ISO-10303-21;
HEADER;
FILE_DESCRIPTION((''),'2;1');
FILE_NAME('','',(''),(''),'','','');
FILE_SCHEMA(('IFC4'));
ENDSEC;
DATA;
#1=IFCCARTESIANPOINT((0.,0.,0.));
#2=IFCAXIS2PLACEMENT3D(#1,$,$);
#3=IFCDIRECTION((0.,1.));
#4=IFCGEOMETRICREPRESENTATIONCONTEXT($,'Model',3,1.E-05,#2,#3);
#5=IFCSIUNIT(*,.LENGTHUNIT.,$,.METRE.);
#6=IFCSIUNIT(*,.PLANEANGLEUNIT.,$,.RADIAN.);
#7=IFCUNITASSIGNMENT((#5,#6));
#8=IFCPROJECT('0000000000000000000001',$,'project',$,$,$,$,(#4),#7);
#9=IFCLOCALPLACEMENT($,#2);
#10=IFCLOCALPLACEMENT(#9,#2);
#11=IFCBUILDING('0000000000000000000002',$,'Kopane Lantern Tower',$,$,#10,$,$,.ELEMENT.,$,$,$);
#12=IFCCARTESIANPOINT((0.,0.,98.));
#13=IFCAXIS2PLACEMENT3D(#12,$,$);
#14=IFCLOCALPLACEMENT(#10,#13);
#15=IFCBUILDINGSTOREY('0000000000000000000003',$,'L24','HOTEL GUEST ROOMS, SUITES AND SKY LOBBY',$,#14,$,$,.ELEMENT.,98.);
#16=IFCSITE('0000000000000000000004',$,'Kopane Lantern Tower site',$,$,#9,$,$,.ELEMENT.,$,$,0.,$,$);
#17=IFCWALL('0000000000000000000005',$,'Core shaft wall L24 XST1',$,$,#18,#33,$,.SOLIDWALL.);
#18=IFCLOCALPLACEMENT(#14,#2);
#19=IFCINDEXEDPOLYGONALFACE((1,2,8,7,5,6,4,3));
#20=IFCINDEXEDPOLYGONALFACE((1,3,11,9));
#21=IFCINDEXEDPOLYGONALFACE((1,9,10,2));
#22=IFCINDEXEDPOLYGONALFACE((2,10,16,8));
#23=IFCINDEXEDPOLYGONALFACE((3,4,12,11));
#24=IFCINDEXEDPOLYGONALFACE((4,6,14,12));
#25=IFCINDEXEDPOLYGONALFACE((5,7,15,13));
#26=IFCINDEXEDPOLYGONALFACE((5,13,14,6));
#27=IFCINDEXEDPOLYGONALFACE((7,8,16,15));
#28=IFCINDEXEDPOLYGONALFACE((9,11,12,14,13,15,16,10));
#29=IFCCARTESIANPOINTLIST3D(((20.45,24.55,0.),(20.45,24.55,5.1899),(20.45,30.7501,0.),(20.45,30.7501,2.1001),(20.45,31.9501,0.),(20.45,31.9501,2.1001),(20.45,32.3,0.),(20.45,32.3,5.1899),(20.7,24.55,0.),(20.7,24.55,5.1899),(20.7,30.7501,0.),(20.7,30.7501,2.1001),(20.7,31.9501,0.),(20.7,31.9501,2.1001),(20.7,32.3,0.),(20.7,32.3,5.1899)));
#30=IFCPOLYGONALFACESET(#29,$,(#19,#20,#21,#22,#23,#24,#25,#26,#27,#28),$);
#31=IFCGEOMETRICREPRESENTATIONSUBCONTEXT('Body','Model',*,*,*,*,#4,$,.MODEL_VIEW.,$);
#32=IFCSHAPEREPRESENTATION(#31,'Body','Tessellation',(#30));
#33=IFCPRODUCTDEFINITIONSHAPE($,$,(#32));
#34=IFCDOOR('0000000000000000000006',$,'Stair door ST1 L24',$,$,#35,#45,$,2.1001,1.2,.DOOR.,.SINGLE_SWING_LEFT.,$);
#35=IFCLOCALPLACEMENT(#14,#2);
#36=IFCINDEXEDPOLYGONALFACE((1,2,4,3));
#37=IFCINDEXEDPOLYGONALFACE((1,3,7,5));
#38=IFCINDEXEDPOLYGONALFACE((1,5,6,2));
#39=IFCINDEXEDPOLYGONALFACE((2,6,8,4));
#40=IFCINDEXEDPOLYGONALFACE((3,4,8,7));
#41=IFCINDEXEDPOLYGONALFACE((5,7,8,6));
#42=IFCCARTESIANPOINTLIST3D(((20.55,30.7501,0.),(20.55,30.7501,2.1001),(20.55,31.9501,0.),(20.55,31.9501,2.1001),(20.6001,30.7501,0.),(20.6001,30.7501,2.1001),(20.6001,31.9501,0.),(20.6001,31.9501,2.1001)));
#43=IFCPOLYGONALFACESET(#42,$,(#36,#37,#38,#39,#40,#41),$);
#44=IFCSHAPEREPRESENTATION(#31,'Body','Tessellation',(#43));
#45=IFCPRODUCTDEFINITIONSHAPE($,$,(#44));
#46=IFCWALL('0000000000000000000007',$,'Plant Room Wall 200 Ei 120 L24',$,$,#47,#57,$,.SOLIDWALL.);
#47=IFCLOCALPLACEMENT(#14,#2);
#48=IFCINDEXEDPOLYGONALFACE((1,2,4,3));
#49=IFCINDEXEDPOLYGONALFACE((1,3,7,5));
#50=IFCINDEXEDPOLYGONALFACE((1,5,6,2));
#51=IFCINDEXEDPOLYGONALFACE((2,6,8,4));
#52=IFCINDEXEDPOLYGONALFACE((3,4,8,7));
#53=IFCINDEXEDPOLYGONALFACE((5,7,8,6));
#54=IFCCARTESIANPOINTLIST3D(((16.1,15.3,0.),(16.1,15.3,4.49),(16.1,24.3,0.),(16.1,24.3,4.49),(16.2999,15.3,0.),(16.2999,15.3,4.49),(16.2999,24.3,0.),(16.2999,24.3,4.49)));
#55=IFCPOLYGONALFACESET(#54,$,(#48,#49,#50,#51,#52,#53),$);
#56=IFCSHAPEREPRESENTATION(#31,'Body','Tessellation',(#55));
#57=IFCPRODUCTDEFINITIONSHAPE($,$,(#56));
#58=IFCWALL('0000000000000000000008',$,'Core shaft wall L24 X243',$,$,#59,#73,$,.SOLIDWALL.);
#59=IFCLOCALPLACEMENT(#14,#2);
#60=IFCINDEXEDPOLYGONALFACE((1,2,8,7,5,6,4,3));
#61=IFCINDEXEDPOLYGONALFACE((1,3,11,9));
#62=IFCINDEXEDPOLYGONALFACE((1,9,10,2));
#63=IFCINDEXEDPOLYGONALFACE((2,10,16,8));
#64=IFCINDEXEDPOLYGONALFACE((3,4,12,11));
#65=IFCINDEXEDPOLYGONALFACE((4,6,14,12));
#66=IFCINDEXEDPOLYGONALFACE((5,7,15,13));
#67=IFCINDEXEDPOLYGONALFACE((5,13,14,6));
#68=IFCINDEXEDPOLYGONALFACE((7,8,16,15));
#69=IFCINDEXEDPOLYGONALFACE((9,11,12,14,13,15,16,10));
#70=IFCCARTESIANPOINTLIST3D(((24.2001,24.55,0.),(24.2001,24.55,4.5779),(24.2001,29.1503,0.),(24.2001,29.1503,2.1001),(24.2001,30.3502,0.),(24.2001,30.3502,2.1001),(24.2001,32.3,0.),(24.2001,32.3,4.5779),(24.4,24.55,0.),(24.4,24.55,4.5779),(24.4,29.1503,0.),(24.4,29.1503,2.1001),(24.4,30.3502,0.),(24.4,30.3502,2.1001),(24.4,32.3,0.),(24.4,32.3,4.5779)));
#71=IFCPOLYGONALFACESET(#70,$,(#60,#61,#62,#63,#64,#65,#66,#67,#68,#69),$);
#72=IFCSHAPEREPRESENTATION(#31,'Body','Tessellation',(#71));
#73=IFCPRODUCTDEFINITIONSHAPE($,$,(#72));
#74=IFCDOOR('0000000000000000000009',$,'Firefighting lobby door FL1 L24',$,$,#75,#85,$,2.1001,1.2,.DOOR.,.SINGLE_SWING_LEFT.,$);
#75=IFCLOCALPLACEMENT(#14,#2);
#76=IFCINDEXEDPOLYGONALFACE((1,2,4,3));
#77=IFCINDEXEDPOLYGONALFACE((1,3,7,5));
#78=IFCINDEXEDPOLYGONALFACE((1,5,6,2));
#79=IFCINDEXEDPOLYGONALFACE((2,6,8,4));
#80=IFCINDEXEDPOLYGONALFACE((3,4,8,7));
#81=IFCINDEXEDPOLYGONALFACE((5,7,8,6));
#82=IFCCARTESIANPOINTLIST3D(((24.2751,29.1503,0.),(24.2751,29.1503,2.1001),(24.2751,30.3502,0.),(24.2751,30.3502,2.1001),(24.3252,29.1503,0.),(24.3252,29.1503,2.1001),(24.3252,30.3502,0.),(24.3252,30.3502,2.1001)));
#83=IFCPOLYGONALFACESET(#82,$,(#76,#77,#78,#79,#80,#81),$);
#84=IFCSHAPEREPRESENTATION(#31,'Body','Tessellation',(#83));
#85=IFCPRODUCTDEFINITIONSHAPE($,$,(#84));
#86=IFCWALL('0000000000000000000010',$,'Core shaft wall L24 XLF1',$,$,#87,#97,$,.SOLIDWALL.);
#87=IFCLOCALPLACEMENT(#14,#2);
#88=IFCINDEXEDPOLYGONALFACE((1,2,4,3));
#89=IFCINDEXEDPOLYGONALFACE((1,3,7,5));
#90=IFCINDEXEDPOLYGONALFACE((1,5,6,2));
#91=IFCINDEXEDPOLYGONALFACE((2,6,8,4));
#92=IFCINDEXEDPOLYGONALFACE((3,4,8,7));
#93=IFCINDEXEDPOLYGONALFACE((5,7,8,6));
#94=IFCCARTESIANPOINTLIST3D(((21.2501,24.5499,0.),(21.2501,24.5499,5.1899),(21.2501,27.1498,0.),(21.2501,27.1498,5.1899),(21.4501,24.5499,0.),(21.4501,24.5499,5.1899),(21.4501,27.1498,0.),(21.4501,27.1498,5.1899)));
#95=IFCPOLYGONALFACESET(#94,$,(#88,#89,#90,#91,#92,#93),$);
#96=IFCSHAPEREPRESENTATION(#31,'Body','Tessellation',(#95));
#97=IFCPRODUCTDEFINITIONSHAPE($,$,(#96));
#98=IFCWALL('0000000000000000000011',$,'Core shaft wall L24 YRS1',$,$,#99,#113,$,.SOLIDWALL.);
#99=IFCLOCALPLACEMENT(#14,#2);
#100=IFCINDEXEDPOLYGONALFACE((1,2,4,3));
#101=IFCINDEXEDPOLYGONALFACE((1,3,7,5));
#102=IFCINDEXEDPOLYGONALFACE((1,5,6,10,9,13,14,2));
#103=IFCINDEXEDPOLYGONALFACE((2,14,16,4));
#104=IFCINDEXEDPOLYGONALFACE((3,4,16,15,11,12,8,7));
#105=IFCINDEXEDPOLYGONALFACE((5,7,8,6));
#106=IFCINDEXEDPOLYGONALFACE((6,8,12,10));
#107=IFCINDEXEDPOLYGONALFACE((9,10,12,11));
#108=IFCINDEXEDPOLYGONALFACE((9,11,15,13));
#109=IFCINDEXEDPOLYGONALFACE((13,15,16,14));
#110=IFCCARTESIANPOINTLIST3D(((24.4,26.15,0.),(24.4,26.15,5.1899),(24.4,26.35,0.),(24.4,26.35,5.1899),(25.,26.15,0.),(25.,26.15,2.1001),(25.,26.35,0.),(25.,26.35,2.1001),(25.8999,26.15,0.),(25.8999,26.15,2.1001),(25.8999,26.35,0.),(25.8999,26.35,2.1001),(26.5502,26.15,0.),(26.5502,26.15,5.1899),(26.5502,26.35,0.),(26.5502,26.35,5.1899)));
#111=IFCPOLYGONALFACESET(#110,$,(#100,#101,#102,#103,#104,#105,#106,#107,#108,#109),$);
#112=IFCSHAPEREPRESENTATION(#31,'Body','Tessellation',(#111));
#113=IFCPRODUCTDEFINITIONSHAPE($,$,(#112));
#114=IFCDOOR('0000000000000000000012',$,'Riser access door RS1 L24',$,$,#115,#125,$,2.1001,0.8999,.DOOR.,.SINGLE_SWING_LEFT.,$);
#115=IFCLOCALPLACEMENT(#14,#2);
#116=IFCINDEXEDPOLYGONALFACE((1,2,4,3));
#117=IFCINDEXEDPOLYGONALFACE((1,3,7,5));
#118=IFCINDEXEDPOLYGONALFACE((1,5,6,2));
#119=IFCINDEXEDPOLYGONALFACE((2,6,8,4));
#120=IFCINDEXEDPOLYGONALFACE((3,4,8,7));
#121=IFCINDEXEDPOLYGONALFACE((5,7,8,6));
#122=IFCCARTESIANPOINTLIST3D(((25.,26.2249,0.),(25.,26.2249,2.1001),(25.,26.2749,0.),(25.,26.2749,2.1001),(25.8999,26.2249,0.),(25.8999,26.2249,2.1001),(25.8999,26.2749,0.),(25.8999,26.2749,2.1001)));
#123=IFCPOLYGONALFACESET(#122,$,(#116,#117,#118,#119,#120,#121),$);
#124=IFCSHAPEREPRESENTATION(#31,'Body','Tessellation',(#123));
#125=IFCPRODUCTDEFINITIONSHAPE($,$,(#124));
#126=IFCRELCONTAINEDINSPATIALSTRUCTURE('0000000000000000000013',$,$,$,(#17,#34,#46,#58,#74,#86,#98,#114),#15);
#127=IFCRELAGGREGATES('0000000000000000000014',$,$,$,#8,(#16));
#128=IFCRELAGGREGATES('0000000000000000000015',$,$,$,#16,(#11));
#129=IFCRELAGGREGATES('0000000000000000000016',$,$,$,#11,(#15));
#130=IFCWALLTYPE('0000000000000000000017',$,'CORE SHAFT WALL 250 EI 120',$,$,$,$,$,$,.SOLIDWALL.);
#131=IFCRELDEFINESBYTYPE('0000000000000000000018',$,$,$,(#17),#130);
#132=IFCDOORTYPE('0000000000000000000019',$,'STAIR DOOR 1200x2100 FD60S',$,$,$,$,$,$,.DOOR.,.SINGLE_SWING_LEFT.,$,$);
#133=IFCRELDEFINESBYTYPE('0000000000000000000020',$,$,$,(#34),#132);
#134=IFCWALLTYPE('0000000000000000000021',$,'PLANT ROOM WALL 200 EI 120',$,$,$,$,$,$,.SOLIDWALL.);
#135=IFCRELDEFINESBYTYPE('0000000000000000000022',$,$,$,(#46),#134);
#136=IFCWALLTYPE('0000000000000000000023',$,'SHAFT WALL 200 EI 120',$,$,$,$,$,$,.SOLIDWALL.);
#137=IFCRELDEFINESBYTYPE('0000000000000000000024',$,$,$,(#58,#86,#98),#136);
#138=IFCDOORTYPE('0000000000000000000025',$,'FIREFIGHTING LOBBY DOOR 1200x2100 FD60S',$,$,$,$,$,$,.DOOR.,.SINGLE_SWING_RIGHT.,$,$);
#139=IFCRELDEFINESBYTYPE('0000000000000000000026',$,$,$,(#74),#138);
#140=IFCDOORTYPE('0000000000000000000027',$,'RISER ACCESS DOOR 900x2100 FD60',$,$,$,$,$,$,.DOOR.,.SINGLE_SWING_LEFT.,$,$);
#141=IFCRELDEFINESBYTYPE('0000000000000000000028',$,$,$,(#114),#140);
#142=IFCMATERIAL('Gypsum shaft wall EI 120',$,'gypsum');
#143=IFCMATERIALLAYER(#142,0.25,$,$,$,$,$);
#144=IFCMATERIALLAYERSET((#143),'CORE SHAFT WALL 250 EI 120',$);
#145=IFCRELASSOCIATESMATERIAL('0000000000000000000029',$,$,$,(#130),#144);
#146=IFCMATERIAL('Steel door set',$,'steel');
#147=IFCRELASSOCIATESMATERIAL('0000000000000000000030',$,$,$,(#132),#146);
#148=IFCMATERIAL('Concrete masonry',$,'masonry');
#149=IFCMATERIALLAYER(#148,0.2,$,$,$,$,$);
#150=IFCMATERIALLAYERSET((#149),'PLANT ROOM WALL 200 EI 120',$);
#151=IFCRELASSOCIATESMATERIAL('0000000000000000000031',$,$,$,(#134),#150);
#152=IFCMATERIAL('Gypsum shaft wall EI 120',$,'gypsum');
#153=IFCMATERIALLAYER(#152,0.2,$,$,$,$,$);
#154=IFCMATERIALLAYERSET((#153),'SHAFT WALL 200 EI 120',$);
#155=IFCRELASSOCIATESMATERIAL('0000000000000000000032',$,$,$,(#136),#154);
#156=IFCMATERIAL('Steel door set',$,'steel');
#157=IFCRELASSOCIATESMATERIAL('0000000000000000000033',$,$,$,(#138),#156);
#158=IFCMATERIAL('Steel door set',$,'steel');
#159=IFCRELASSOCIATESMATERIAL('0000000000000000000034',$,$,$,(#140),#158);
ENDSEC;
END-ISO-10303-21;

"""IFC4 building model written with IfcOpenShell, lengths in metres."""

from ifc_helpers import new_model, si_unit, direction, frame, frame_2d, origin, place, context, subcontext, project, spatial, rectangle, extrude, material, layer, layer_set, type_object, element, fill, save


model = new_model("IFC4")

# Units and contexts
model_context = context("Model", 3, precision=1e-05, world=origin(), true_north=direction((0.0, 1.0)))
body_context = subcontext(model_context, "Body", "Model", "MODEL_VIEW")
ifc_project = project(units=[si_unit("LENGTHUNIT", "METRE"), si_unit("PLANEANGLEUNIT", "RADIAN")], contexts=[model_context])

# Site, building, storey
site_placement = place(None, origin())
site = spatial("IfcSite", under=ifc_project, at=site_placement, Name="Kopane Lantern Tower site", CompositionType="ELEMENT", RefElevation=0.0)
building_placement = place(site_placement, origin())
building = spatial("IfcBuilding", under=site, at=building_placement, Name="Kopane Lantern Tower", CompositionType="ELEMENT")
storey_placement = place(building_placement, frame((0.0, 0.0, 98.0)))
storey = spatial("IfcBuildingStorey", under=building, at=storey_placement, Name="L24", Description="HOTEL GUEST ROOMS, SUITES AND SKY LOBBY", CompositionType="ELEMENT", Elevation=98.0)

# Wall, opening, door
ifc_material_1 = material(Name="Gypsum shaft wall EI 120", Category="gypsum")
ifc_layer_1 = layer(ifc_material_1, 0.25)
ifc_layer_set_1 = layer_set([ifc_layer_1], Name="CORE SHAFT WALL 250 EI 120")
wall_type_1 = type_object("IfcWallType", Name="CORE SHAFT WALL 250 EI 120", PredefinedType="SOLIDWALL", material=ifc_layer_set_1)
wall_1_placement = place(storey_placement, frame((20.575, 24.55, 0.0), z_axis=(0.0, 0.0, 1.0), x_axis=(0.0, 1.0, 0.0)))
wall_1 = element("IfcWall", 1, at=wall_1_placement, inside=storey, type_object=wall_type_1, Name="Core shaft wall L24 XST1", PredefinedType="SOLIDWALL", context=body_context, shape_type="SweptSolid", body=[
    extrude(rectangle(XDim=7.75, YDim=0.25, at=frame_2d((3.875, 0.0))), origin(), (0.0, 0.0, 1.0), 5.1899),
])
opening_1_placement = place(wall_1_placement, frame((6.2, 0.0, 0.0)))
opening_1 = element("IfcOpeningElement", 2, at=opening_1_placement, cuts=wall_1, PredefinedType="OPENING", context=body_context, shape_type="SweptSolid", body=[
    extrude(rectangle(XDim=1.2, YDim=2.1001, at=frame_2d((0.6001, 1.05))), frame((0.0, 0.135, 0.0), z_axis=(0.0, -1.0, 0.0), x_axis=(1.0, 0.0, 0.0)), (0.0, 0.0, 1.0), 0.27),
])
ifc_material_2 = material(Name="Steel door set", Category="steel")
door_type_1 = type_object("IfcDoorType", Name="STAIR DOOR 1200x2100 FD60S", OperationType="SINGLE_SWING_LEFT", PredefinedType="DOOR", material=ifc_material_2)
door_1_placement = place(opening_1_placement, origin())
door_1 = element("IfcDoor", 3, at=door_1_placement, inside=storey, type_object=door_type_1, Name="Stair door ST1 L24", OperationType="SINGLE_SWING_LEFT", OverallHeight=2.1001, OverallWidth=1.2, PredefinedType="DOOR", context=body_context, shape_type="SweptSolid", body=[
    extrude(rectangle(XDim=1.2, YDim=2.1001, at=frame_2d((0.6001, 1.05))), frame((0.0, 0.0249, 0.0), z_axis=(0.0, -1.0, 0.0), x_axis=(1.0, 0.0, 0.0)), (0.0, 0.0, 1.0), 0.05),
])
fill(opening_1, door_1)

# Wall
ifc_material_3 = material(Name="Concrete masonry", Category="masonry")
ifc_layer_2 = layer(ifc_material_3, 0.2)
ifc_layer_set_2 = layer_set([ifc_layer_2], Name="PLANT ROOM WALL 200 EI 120")
wall_type_2 = type_object("IfcWallType", Name="PLANT ROOM WALL 200 EI 120", PredefinedType="SOLIDWALL", material=ifc_layer_set_2)
wall_2_placement = place(storey_placement, frame((16.2, 15.3, 0.0), z_axis=(0.0, 0.0, 1.0), x_axis=(0.0, 1.0, 0.0)))
element("IfcWall", 4, at=wall_2_placement, inside=storey, type_object=wall_type_2, Name="Plant Room Wall 200 Ei 120 L24", PredefinedType="SOLIDWALL", context=body_context, shape_type="SweptSolid", body=[
    extrude(rectangle(XDim=9.0, YDim=0.2, at=frame_2d((4.5, 0.0))), origin(), (0.0, 0.0, 1.0), 4.49),
])

# Wall, opening, door
ifc_material_4 = material(Name="Gypsum shaft wall EI 120", Category="gypsum")
ifc_layer_3 = layer(ifc_material_4, 0.2)
ifc_layer_set_3 = layer_set([ifc_layer_3], Name="SHAFT WALL 200 EI 120")
wall_type_3 = type_object("IfcWallType", Name="SHAFT WALL 200 EI 120", PredefinedType="SOLIDWALL", material=ifc_layer_set_3)
wall_3_placement = place(storey_placement, frame((24.3, 24.55, 0.0), z_axis=(0.0, 0.0, 1.0), x_axis=(0.0, 1.0, 0.0)))
wall_3 = element("IfcWall", 5, at=wall_3_placement, inside=storey, type_object=wall_type_3, Name="Core shaft wall L24 X243", PredefinedType="SOLIDWALL", context=body_context, shape_type="SweptSolid", body=[
    extrude(rectangle(XDim=7.75, YDim=0.2, at=frame_2d((3.875, 0.0))), origin(), (0.0, 0.0, 1.0), 4.5779),
])
opening_2_placement = place(wall_3_placement, frame((4.6001, 0.0, 0.0)))
opening_2 = element("IfcOpeningElement", 6, at=opening_2_placement, cuts=wall_3, PredefinedType="OPENING", context=body_context, shape_type="SweptSolid", body=[
    extrude(rectangle(XDim=1.2, YDim=2.1001, at=frame_2d((0.6001, 1.05))), frame((0.0, 0.1099, 0.0), z_axis=(0.0, -1.0, 0.0), x_axis=(1.0, 0.0, 0.0)), (0.0, 0.0, 1.0), 0.22),
])
ifc_material_5 = material(Name="Steel door set", Category="steel")
door_type_2 = type_object("IfcDoorType", Name="FIREFIGHTING LOBBY DOOR 1200x2100 FD60S", OperationType="SINGLE_SWING_RIGHT", PredefinedType="DOOR", material=ifc_material_5)
door_2_placement = place(opening_2_placement, origin())
door_2 = element("IfcDoor", 7, at=door_2_placement, inside=storey, type_object=door_type_2, Name="Firefighting lobby door FL1 L24", OperationType="SINGLE_SWING_LEFT", OverallHeight=2.1001, OverallWidth=1.2, PredefinedType="DOOR", context=body_context, shape_type="SweptSolid", body=[
    extrude(rectangle(XDim=1.2, YDim=2.1001, at=frame_2d((0.6001, 1.05))), frame((0.0, 0.0249, 0.0), z_axis=(0.0, -1.0, 0.0), x_axis=(1.0, 0.0, 0.0)), (0.0, 0.0, 1.0), 0.05),
])
fill(opening_2, door_2)

# Wall
wall_4_placement = place(storey_placement, frame((21.3501, 24.55, 0.0), z_axis=(0.0, 0.0, 1.0), x_axis=(0.0, 1.0, 0.0)))
element("IfcWall", 8, at=wall_4_placement, inside=storey, type_object=wall_type_3, Name="Core shaft wall L24 XLF1", PredefinedType="SOLIDWALL", context=body_context, shape_type="SweptSolid", body=[
    extrude(rectangle(XDim=2.5999, YDim=0.2, at=frame_2d((1.2998, 0.0))), origin(), (0.0, 0.0, 1.0), 5.1899),
])

# Wall, opening, door
wall_5_placement = place(storey_placement, frame((24.3999, 26.25, 0.0), z_axis=(0.0, 0.0, 1.0), x_axis=(1.0, 0.0, 0.0)))
wall_5 = element("IfcWall", 9, at=wall_5_placement, inside=storey, type_object=wall_type_3, Name="Core shaft wall L24 YRS1", PredefinedType="SOLIDWALL", context=body_context, shape_type="SweptSolid", body=[
    extrude(rectangle(XDim=2.1501, YDim=0.2, at=frame_2d((1.0752, 0.0))), origin(), (0.0, 0.0, 1.0), 5.1899),
])
opening_3_placement = place(wall_5_placement, frame((0.6001, 0.0, 0.0)))
opening_3 = element("IfcOpeningElement", 10, at=opening_3_placement, cuts=wall_5, PredefinedType="OPENING", context=body_context, shape_type="SweptSolid", body=[
    extrude(rectangle(XDim=0.8999, YDim=2.1001, at=frame_2d((0.45, 1.05))), frame((0.0, 0.1099, 0.0), z_axis=(0.0, -1.0, 0.0), x_axis=(1.0, 0.0, 0.0)), (0.0, 0.0, 1.0), 0.22),
])
ifc_material_6 = material(Name="Steel door set", Category="steel")
door_type_3 = type_object("IfcDoorType", Name="RISER ACCESS DOOR 900x2100 FD60", OperationType="SINGLE_SWING_LEFT", PredefinedType="DOOR", material=ifc_material_6)
door_3_placement = place(opening_3_placement, origin())
door_3 = element("IfcDoor", 11, at=door_3_placement, inside=storey, type_object=door_type_3, Name="Riser access door RS1 L24", OperationType="SINGLE_SWING_LEFT", OverallHeight=2.1001, OverallWidth=0.8999, PredefinedType="DOOR", context=body_context, shape_type="SweptSolid", body=[
    extrude(rectangle(XDim=0.8999, YDim=2.1001, at=frame_2d((0.45, 1.05))), frame((0.0, 0.0249, 0.0), z_axis=(0.0, -1.0, 0.0), x_axis=(1.0, 0.0, 0.0)), (0.0, 0.0, 1.0), 0.05),
])
fill(opening_3, door_3)

save(model, "model.ifc")
